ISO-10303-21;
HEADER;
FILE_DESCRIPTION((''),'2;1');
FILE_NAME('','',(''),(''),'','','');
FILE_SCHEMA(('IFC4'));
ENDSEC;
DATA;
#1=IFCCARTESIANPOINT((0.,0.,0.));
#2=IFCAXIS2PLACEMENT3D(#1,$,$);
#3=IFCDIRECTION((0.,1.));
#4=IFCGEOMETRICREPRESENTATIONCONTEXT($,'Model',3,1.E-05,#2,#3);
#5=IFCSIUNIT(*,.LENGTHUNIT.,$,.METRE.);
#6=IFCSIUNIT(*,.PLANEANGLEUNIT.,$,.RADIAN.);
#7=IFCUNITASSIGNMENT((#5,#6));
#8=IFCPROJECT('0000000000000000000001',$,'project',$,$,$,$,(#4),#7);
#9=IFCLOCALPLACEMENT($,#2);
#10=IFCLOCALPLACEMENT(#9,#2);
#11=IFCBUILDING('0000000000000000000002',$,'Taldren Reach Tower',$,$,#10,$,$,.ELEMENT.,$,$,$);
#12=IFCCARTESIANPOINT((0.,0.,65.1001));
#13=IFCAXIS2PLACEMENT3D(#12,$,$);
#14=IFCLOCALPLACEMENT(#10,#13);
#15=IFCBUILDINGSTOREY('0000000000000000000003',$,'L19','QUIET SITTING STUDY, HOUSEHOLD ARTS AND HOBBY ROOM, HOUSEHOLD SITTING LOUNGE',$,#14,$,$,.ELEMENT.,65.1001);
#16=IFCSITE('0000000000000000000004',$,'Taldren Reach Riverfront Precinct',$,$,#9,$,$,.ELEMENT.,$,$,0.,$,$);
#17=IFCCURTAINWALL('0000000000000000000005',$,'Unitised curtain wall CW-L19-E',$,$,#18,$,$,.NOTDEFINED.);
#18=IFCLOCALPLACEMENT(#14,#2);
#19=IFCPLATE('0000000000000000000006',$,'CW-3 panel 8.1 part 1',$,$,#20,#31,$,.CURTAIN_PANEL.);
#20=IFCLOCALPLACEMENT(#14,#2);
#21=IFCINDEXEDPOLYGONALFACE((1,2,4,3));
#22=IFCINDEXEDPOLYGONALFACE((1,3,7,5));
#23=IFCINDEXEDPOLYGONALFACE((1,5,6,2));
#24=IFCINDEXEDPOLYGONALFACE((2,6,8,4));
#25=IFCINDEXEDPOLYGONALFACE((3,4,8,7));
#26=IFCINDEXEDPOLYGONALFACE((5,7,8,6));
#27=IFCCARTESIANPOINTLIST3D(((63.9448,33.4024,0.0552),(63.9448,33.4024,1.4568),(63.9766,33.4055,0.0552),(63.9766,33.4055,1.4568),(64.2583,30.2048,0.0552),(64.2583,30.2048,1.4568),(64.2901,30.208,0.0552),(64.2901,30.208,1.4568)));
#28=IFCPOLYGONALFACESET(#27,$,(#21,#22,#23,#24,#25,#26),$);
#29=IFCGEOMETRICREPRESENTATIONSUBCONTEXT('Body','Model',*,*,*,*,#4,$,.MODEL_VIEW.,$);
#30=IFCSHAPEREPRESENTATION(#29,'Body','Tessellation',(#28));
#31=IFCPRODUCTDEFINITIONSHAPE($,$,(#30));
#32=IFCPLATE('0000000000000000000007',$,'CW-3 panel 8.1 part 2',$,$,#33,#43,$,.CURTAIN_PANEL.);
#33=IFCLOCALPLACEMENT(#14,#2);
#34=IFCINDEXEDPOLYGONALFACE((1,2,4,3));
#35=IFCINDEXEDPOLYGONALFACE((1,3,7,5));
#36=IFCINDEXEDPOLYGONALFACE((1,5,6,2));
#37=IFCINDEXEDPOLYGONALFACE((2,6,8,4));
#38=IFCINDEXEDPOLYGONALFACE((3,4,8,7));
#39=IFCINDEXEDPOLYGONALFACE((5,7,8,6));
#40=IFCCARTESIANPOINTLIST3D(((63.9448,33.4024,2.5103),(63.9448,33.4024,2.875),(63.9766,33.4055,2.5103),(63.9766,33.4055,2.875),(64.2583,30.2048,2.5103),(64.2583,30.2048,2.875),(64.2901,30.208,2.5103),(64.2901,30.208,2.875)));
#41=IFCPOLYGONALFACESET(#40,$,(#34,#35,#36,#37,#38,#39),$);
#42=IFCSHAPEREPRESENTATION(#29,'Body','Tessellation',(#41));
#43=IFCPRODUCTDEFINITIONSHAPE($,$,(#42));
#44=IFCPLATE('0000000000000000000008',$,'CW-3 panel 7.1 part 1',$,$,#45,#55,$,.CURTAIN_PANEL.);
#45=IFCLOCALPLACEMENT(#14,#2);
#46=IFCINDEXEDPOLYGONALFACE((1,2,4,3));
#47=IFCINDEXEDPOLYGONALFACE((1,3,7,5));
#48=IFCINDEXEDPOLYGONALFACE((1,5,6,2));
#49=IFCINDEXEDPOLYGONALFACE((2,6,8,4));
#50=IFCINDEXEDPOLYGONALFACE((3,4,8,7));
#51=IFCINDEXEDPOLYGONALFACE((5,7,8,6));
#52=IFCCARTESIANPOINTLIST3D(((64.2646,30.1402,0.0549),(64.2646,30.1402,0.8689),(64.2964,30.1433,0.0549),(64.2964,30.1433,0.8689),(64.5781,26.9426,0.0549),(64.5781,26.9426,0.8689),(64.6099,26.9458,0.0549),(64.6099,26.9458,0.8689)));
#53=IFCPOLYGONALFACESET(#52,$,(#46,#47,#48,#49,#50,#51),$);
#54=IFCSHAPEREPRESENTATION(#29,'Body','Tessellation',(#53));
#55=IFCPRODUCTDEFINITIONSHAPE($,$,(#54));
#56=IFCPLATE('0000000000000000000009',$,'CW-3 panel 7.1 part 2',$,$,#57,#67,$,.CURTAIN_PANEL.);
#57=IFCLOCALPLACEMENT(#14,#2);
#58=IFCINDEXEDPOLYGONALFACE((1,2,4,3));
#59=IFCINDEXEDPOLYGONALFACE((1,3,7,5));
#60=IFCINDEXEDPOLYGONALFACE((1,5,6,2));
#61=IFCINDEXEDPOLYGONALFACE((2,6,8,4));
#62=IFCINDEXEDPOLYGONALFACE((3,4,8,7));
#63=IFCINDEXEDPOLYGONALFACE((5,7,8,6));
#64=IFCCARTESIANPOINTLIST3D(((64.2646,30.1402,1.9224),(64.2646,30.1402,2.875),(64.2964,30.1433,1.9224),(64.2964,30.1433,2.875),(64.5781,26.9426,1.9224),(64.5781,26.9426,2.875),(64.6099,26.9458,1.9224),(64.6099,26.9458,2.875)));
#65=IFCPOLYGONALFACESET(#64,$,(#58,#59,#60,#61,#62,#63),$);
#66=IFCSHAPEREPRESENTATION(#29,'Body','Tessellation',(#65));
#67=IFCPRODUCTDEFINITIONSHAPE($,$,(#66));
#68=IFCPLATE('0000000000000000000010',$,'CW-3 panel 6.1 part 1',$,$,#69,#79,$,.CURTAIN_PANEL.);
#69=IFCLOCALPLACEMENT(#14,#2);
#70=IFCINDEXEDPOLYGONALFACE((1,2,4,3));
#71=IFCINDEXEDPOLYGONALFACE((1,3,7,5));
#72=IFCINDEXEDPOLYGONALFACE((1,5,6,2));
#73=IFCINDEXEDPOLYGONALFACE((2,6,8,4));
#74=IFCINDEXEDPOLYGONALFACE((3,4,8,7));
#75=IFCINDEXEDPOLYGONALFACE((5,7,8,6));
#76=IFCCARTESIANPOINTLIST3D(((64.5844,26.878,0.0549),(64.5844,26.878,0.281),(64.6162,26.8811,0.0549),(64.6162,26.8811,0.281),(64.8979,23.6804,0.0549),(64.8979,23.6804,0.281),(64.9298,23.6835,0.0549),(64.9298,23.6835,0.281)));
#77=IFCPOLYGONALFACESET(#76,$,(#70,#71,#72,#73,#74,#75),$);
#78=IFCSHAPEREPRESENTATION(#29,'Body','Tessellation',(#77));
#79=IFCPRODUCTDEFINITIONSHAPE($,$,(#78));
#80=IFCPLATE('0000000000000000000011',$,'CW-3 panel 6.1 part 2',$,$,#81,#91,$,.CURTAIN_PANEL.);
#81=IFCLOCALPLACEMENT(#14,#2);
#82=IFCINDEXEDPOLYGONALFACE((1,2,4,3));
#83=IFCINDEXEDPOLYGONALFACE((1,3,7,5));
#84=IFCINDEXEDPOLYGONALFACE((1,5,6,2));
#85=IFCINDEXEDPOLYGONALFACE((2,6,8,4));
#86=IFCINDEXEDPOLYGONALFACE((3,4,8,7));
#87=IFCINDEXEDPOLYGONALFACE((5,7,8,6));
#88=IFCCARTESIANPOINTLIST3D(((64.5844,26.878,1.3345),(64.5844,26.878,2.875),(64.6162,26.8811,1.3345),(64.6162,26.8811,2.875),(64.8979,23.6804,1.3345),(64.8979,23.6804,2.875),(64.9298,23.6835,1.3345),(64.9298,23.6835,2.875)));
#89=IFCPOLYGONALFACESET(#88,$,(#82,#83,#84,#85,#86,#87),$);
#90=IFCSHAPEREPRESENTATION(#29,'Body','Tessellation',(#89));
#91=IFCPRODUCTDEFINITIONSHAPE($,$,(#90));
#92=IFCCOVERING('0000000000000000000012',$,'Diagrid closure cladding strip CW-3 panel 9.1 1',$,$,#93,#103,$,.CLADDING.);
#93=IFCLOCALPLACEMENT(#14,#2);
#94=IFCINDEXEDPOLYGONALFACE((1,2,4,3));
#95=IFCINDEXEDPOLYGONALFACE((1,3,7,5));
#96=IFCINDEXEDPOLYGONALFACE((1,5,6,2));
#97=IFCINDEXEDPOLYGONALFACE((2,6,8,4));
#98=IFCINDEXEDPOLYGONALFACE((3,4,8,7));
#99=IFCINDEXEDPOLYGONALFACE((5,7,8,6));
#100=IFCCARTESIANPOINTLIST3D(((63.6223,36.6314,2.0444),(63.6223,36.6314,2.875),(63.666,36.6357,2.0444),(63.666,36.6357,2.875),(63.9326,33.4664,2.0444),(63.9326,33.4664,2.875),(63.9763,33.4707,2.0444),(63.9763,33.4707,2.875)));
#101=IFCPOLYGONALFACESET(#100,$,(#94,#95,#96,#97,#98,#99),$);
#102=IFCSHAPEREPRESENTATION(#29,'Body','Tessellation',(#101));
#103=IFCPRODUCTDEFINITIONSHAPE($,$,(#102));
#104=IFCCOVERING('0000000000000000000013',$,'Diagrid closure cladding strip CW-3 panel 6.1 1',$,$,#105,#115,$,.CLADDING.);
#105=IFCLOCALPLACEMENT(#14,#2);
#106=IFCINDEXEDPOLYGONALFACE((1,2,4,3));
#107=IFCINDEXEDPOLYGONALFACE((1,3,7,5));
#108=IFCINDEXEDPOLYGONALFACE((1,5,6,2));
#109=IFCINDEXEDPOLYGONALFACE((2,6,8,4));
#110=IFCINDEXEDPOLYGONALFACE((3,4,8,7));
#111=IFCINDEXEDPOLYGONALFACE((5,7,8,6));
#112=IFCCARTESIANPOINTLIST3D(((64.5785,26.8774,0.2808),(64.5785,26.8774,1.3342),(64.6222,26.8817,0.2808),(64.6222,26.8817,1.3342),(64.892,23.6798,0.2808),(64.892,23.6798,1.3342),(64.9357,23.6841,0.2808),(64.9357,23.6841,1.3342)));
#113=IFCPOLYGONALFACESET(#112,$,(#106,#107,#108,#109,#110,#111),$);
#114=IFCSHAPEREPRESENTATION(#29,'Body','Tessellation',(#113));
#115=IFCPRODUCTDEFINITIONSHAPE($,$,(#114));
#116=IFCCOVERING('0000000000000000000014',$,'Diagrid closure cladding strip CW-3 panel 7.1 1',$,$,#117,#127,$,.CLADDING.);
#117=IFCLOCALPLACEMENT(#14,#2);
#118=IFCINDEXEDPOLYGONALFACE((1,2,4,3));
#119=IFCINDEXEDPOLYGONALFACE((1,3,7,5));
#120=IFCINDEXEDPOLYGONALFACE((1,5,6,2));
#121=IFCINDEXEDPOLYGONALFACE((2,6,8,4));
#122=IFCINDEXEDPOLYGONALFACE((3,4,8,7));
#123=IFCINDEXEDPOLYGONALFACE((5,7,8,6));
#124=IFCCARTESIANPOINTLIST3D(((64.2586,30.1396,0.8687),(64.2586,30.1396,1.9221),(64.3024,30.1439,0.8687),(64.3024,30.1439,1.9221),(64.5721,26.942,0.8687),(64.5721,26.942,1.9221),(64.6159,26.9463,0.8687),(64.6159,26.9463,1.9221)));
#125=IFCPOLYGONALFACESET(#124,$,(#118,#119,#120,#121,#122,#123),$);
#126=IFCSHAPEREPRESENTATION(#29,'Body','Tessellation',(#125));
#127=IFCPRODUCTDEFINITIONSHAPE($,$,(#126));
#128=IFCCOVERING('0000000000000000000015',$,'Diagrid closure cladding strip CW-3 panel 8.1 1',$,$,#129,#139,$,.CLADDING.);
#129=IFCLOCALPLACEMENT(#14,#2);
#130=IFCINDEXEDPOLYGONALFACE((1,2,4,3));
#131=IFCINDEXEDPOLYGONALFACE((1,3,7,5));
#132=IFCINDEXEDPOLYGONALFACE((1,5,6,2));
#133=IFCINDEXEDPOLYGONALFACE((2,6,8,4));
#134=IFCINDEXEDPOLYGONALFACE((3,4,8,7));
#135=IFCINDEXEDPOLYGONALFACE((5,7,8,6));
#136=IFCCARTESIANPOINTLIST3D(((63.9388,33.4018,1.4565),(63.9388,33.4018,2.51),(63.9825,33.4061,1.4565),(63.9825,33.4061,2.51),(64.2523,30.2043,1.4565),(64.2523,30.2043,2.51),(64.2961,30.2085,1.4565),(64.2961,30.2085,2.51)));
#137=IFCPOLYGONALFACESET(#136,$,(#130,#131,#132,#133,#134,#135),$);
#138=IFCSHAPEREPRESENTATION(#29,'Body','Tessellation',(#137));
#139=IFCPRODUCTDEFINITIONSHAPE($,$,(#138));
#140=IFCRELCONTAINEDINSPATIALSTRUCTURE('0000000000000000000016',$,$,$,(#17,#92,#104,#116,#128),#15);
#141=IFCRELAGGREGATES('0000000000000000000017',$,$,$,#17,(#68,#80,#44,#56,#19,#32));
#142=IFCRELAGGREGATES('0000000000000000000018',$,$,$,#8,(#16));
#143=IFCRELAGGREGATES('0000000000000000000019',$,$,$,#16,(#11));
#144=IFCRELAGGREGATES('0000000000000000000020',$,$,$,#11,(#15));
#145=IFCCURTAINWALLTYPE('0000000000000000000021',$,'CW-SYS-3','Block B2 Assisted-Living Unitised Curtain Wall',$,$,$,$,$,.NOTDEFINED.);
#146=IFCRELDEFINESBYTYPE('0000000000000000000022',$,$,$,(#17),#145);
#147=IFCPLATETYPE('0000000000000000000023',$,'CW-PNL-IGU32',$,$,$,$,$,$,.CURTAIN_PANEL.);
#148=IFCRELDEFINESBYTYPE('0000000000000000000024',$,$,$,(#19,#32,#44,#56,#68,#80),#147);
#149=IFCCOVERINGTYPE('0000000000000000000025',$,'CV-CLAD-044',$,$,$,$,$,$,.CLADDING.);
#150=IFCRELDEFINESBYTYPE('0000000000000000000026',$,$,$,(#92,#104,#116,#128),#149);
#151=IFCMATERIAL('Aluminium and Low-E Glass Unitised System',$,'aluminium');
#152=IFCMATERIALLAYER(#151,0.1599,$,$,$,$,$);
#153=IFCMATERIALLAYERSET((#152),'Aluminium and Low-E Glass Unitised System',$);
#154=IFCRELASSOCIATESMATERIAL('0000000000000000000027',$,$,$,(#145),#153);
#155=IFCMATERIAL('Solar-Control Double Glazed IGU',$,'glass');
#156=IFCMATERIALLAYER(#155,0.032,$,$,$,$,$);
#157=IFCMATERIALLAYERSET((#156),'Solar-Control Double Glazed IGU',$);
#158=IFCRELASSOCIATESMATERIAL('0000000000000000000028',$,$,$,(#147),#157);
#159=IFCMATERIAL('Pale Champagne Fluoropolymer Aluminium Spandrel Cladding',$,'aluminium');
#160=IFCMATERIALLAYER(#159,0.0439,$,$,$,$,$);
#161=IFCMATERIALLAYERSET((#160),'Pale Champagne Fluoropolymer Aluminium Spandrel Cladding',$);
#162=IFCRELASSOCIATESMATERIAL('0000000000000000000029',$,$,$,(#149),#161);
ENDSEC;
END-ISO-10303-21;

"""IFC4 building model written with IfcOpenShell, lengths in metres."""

from ifc_helpers import new_model, si_unit, direction, frame, origin, origin_2d, place, context, subcontext, project, spatial, rectangle, extrude, source, transform, mapped, material, layer, layer_set, type_object, element, aggregate, save


model = new_model("IFC4")

# Units and contexts
model_context = context("Model", 3, precision=1e-05, world=origin(), true_north=direction((0.0, 1.0)))
body_context = subcontext(model_context, "Body", "Model", "MODEL_VIEW")
ifc_project = project(units=[si_unit("LENGTHUNIT", "METRE"), si_unit("PLANEANGLEUNIT", "RADIAN")], contexts=[model_context])

# Site, building, storey
site_placement = place(None, origin())
site = spatial("IfcSite", under=ifc_project, at=site_placement, Name="Taldren Reach Riverfront Precinct", CompositionType="ELEMENT", RefElevation=0.0)
building_placement = place(site_placement, origin())
building = spatial("IfcBuilding", under=site, at=building_placement, Name="Taldren Reach Tower", CompositionType="ELEMENT")
storey_placement = place(building_placement, frame((0.0, 0.0, 65.1001)))
storey = spatial("IfcBuildingStorey", under=building, at=storey_placement, Name="L19", Description="QUIET SITTING STUDY, HOUSEHOLD ARTS AND HOBBY ROOM, HOUSEHOLD SITTING LOUNGE", CompositionType="ELEMENT", Elevation=65.1001)

# Curtain wall, plates
ifc_material_1 = material(Name="Aluminium and Low-E Glass Unitised System", Category="aluminium")
ifc_layer_1 = layer(ifc_material_1, 0.1599)
ifc_layer_set_1 = layer_set([ifc_layer_1], Name="Aluminium and Low-E Glass Unitised System")
curtain_wall_type = type_object("IfcCurtainWallType", Name="CW-SYS-3", Description="Block B2 Assisted-Living Unitised Curtain Wall", PredefinedType="NOTDEFINED", material=ifc_layer_set_1)
curtain_wall_placement = place(storey_placement, origin())
curtain_wall = element("IfcCurtainWall", 1, at=curtain_wall_placement, inside=storey, type_object=curtain_wall_type, Name="Unitised curtain wall CW-L19-E", PredefinedType="NOTDEFINED")
ifc_material_2 = material(Name="Solar-Control Double Glazed IGU", Category="glass")
ifc_layer_2 = layer(ifc_material_2, 0.032)
ifc_layer_set_2 = layer_set([ifc_layer_2], Name="Solar-Control Double Glazed IGU")
plate_type = type_object("IfcPlateType", Name="CW-PNL-IGU32", PredefinedType="CURTAIN_PANEL", material=ifc_layer_set_2)
shared_shape_1 = source(origin(), body_context, "Body", "SweptSolid", [
    extrude(rectangle(XDim=3.2129, YDim=0.032, at=origin_2d()), origin(), (0.0, 0.0, 1.0), 1.4016),
])
plate_1_placement = place(storey_placement, frame((64.1174, 31.8052, 0.0552), z_axis=(0.0, 0.0, 1.0), x_axis=(-0.097583, 0.995227, 0.0)))
plate_1 = element("IfcPlate", 2, at=plate_1_placement, type_object=plate_type, Name="CW-3 panel 8.1 part 1", PredefinedType="CURTAIN_PANEL", context=body_context, shape_type="MappedRepresentation", body=[
    mapped(shared_shape_1, transform((0.0, 0.0, 0.0), scale=1.0)),
])
shared_shape_2 = source(origin(), body_context, "Body", "SweptSolid", [
    extrude(rectangle(XDim=3.2129, YDim=0.032, at=origin_2d()), origin(), (0.0, 0.0, 1.0), 0.3647),
])
plate_2_placement = place(storey_placement, frame((64.1174, 31.8052, 2.5103), z_axis=(0.0, 0.0, 1.0), x_axis=(-0.097583, 0.995227, 0.0)))
plate_2 = element("IfcPlate", 3, at=plate_2_placement, type_object=plate_type, Name="CW-3 panel 8.1 part 2", PredefinedType="CURTAIN_PANEL", context=body_context, shape_type="MappedRepresentation", body=[
    mapped(shared_shape_2, transform((0.0, 0.0, 0.0), scale=1.0)),
])
shared_shape_3 = source(origin(), body_context, "Body", "SweptSolid", [
    extrude(rectangle(XDim=3.2129, YDim=0.032, at=origin_2d()), origin(), (0.0, 0.0, 1.0), 0.814),
])
plate_3_placement = place(storey_placement, frame((64.4373, 28.543, 0.0549), z_axis=(0.0, 0.0, 1.0), x_axis=(-0.097583, 0.995227, 0.0)))
plate_3 = element("IfcPlate", 4, at=plate_3_placement, type_object=plate_type, Name="CW-3 panel 7.1 part 1", PredefinedType="CURTAIN_PANEL", context=body_context, shape_type="MappedRepresentation", body=[
    mapped(shared_shape_3, transform((0.0, 0.0, 0.0), scale=1.0)),
])
shared_shape_4 = source(origin(), body_context, "Body", "SweptSolid", [
    extrude(rectangle(XDim=3.2129, YDim=0.032, at=origin_2d()), origin(), (0.0, 0.0, 1.0), 0.9526),
])
plate_4_placement = place(storey_placement, frame((64.4373, 28.543, 1.9224), z_axis=(0.0, 0.0, 1.0), x_axis=(-0.097583, 0.995227, 0.0)))
plate_4 = element("IfcPlate", 5, at=plate_4_placement, type_object=plate_type, Name="CW-3 panel 7.1 part 2", PredefinedType="CURTAIN_PANEL", context=body_context, shape_type="MappedRepresentation", body=[
    mapped(shared_shape_4, transform((0.0, 0.0, 0.0), scale=1.0)),
])
shared_shape_5 = source(origin(), body_context, "Body", "SweptSolid", [
    extrude(rectangle(XDim=3.2129, YDim=0.032, at=origin_2d()), origin(), (0.0, 0.0, 1.0), 0.2261),
])
plate_5_placement = place(storey_placement, frame((64.7571, 25.2808, 0.0549), z_axis=(0.0, 0.0, 1.0), x_axis=(-0.097583, 0.995227, 0.0)))
plate_5 = element("IfcPlate", 6, at=plate_5_placement, type_object=plate_type, Name="CW-3 panel 6.1 part 1", PredefinedType="CURTAIN_PANEL", context=body_context, shape_type="MappedRepresentation", body=[
    mapped(shared_shape_5, transform((0.0, 0.0, 0.0), scale=1.0)),
])
shared_shape_6 = source(origin(), body_context, "Body", "SweptSolid", [
    extrude(rectangle(XDim=3.2129, YDim=0.032, at=origin_2d()), origin(), (0.0, 0.0, 1.0), 1.5405),
])
plate_6_placement = place(storey_placement, frame((64.7571, 25.2808, 1.3345), z_axis=(0.0, 0.0, 1.0), x_axis=(-0.097583, 0.995227, 0.0)))
plate_6 = element("IfcPlate", 7, at=plate_6_placement, type_object=plate_type, Name="CW-3 panel 6.1 part 2", PredefinedType="CURTAIN_PANEL", context=body_context, shape_type="MappedRepresentation", body=[
    mapped(shared_shape_6, transform((0.0, 0.0, 0.0), scale=1.0)),
])
aggregate(curtain_wall, [plate_5, plate_6, plate_3, plate_4, plate_1, plate_2])

# Coverings
ifc_material_3 = material(Name="Pale Champagne Fluoropolymer Aluminium Spandrel Cladding", Category="aluminium")
ifc_layer_3 = layer(ifc_material_3, 0.0439)
ifc_layer_set_3 = layer_set([ifc_layer_3], Name="Pale Champagne Fluoropolymer Aluminium Spandrel Cladding")
covering_type = type_object("IfcCoveringType", Name="CV-CLAD-044", PredefinedType="CLADDING", material=ifc_layer_set_3)
shared_shape_7 = source(origin(), body_context, "Body", "SweptSolid", [
    extrude(rectangle(XDim=3.1802, YDim=0.0439, at=origin_2d()), origin(), (0.0, 0.0, 1.0), 0.8306),
])
covering_placement = place(storey_placement, frame((63.7993, 35.051, 2.0444), z_axis=(0.0, 0.0, 1.0), x_axis=(-0.097583, 0.995227, 0.0)))
element("IfcCovering", 8, at=covering_placement, inside=storey, type_object=covering_type, Name="Diagrid closure cladding strip CW-3 panel 9.1 1", PredefinedType="CLADDING", context=body_context, shape_type="MappedRepresentation", body=[
    mapped(shared_shape_7, transform((0.0, 0.0, 0.0), scale=1.0)),
])
shared_shape_8 = source(origin(), body_context, "Body", "SweptSolid", [
    extrude(rectangle(XDim=3.2129, YDim=0.0439, at=origin_2d()), origin(), (0.0, 0.0, 1.0), 1.0535),
])
for number, where, z_axis, x_axis, name in (
    (9, (64.7571, 25.2808, 0.2808), (0.0, 0.0, 1.0), (-0.097583, 0.995227, 0.0), "Diagrid closure cladding strip CW-3 panel 6.1 1"),
    (10, (64.4373, 28.543, 0.8687), (0.0, 0.0, 1.0), (-0.097583, 0.995227, 0.0), "Diagrid closure cladding strip CW-3 panel 7.1 1"),
    (11, (64.1174, 31.8052, 1.4565), (0.0, 0.0, 1.0), (-0.097583, 0.995227, 0.0), "Diagrid closure cladding strip CW-3 panel 8.1 1"),
):
    element("IfcCovering", number, at=place(storey_placement, frame(where, z_axis=z_axis, x_axis=x_axis)), inside=storey, type_object=covering_type, Name=name, PredefinedType="CLADDING", context=body_context, shape_type="MappedRepresentation", body=[
        mapped(shared_shape_8, transform((0.0, 0.0, 0.0), scale=1.0)),
    ])

save(model, "model.ifc")
